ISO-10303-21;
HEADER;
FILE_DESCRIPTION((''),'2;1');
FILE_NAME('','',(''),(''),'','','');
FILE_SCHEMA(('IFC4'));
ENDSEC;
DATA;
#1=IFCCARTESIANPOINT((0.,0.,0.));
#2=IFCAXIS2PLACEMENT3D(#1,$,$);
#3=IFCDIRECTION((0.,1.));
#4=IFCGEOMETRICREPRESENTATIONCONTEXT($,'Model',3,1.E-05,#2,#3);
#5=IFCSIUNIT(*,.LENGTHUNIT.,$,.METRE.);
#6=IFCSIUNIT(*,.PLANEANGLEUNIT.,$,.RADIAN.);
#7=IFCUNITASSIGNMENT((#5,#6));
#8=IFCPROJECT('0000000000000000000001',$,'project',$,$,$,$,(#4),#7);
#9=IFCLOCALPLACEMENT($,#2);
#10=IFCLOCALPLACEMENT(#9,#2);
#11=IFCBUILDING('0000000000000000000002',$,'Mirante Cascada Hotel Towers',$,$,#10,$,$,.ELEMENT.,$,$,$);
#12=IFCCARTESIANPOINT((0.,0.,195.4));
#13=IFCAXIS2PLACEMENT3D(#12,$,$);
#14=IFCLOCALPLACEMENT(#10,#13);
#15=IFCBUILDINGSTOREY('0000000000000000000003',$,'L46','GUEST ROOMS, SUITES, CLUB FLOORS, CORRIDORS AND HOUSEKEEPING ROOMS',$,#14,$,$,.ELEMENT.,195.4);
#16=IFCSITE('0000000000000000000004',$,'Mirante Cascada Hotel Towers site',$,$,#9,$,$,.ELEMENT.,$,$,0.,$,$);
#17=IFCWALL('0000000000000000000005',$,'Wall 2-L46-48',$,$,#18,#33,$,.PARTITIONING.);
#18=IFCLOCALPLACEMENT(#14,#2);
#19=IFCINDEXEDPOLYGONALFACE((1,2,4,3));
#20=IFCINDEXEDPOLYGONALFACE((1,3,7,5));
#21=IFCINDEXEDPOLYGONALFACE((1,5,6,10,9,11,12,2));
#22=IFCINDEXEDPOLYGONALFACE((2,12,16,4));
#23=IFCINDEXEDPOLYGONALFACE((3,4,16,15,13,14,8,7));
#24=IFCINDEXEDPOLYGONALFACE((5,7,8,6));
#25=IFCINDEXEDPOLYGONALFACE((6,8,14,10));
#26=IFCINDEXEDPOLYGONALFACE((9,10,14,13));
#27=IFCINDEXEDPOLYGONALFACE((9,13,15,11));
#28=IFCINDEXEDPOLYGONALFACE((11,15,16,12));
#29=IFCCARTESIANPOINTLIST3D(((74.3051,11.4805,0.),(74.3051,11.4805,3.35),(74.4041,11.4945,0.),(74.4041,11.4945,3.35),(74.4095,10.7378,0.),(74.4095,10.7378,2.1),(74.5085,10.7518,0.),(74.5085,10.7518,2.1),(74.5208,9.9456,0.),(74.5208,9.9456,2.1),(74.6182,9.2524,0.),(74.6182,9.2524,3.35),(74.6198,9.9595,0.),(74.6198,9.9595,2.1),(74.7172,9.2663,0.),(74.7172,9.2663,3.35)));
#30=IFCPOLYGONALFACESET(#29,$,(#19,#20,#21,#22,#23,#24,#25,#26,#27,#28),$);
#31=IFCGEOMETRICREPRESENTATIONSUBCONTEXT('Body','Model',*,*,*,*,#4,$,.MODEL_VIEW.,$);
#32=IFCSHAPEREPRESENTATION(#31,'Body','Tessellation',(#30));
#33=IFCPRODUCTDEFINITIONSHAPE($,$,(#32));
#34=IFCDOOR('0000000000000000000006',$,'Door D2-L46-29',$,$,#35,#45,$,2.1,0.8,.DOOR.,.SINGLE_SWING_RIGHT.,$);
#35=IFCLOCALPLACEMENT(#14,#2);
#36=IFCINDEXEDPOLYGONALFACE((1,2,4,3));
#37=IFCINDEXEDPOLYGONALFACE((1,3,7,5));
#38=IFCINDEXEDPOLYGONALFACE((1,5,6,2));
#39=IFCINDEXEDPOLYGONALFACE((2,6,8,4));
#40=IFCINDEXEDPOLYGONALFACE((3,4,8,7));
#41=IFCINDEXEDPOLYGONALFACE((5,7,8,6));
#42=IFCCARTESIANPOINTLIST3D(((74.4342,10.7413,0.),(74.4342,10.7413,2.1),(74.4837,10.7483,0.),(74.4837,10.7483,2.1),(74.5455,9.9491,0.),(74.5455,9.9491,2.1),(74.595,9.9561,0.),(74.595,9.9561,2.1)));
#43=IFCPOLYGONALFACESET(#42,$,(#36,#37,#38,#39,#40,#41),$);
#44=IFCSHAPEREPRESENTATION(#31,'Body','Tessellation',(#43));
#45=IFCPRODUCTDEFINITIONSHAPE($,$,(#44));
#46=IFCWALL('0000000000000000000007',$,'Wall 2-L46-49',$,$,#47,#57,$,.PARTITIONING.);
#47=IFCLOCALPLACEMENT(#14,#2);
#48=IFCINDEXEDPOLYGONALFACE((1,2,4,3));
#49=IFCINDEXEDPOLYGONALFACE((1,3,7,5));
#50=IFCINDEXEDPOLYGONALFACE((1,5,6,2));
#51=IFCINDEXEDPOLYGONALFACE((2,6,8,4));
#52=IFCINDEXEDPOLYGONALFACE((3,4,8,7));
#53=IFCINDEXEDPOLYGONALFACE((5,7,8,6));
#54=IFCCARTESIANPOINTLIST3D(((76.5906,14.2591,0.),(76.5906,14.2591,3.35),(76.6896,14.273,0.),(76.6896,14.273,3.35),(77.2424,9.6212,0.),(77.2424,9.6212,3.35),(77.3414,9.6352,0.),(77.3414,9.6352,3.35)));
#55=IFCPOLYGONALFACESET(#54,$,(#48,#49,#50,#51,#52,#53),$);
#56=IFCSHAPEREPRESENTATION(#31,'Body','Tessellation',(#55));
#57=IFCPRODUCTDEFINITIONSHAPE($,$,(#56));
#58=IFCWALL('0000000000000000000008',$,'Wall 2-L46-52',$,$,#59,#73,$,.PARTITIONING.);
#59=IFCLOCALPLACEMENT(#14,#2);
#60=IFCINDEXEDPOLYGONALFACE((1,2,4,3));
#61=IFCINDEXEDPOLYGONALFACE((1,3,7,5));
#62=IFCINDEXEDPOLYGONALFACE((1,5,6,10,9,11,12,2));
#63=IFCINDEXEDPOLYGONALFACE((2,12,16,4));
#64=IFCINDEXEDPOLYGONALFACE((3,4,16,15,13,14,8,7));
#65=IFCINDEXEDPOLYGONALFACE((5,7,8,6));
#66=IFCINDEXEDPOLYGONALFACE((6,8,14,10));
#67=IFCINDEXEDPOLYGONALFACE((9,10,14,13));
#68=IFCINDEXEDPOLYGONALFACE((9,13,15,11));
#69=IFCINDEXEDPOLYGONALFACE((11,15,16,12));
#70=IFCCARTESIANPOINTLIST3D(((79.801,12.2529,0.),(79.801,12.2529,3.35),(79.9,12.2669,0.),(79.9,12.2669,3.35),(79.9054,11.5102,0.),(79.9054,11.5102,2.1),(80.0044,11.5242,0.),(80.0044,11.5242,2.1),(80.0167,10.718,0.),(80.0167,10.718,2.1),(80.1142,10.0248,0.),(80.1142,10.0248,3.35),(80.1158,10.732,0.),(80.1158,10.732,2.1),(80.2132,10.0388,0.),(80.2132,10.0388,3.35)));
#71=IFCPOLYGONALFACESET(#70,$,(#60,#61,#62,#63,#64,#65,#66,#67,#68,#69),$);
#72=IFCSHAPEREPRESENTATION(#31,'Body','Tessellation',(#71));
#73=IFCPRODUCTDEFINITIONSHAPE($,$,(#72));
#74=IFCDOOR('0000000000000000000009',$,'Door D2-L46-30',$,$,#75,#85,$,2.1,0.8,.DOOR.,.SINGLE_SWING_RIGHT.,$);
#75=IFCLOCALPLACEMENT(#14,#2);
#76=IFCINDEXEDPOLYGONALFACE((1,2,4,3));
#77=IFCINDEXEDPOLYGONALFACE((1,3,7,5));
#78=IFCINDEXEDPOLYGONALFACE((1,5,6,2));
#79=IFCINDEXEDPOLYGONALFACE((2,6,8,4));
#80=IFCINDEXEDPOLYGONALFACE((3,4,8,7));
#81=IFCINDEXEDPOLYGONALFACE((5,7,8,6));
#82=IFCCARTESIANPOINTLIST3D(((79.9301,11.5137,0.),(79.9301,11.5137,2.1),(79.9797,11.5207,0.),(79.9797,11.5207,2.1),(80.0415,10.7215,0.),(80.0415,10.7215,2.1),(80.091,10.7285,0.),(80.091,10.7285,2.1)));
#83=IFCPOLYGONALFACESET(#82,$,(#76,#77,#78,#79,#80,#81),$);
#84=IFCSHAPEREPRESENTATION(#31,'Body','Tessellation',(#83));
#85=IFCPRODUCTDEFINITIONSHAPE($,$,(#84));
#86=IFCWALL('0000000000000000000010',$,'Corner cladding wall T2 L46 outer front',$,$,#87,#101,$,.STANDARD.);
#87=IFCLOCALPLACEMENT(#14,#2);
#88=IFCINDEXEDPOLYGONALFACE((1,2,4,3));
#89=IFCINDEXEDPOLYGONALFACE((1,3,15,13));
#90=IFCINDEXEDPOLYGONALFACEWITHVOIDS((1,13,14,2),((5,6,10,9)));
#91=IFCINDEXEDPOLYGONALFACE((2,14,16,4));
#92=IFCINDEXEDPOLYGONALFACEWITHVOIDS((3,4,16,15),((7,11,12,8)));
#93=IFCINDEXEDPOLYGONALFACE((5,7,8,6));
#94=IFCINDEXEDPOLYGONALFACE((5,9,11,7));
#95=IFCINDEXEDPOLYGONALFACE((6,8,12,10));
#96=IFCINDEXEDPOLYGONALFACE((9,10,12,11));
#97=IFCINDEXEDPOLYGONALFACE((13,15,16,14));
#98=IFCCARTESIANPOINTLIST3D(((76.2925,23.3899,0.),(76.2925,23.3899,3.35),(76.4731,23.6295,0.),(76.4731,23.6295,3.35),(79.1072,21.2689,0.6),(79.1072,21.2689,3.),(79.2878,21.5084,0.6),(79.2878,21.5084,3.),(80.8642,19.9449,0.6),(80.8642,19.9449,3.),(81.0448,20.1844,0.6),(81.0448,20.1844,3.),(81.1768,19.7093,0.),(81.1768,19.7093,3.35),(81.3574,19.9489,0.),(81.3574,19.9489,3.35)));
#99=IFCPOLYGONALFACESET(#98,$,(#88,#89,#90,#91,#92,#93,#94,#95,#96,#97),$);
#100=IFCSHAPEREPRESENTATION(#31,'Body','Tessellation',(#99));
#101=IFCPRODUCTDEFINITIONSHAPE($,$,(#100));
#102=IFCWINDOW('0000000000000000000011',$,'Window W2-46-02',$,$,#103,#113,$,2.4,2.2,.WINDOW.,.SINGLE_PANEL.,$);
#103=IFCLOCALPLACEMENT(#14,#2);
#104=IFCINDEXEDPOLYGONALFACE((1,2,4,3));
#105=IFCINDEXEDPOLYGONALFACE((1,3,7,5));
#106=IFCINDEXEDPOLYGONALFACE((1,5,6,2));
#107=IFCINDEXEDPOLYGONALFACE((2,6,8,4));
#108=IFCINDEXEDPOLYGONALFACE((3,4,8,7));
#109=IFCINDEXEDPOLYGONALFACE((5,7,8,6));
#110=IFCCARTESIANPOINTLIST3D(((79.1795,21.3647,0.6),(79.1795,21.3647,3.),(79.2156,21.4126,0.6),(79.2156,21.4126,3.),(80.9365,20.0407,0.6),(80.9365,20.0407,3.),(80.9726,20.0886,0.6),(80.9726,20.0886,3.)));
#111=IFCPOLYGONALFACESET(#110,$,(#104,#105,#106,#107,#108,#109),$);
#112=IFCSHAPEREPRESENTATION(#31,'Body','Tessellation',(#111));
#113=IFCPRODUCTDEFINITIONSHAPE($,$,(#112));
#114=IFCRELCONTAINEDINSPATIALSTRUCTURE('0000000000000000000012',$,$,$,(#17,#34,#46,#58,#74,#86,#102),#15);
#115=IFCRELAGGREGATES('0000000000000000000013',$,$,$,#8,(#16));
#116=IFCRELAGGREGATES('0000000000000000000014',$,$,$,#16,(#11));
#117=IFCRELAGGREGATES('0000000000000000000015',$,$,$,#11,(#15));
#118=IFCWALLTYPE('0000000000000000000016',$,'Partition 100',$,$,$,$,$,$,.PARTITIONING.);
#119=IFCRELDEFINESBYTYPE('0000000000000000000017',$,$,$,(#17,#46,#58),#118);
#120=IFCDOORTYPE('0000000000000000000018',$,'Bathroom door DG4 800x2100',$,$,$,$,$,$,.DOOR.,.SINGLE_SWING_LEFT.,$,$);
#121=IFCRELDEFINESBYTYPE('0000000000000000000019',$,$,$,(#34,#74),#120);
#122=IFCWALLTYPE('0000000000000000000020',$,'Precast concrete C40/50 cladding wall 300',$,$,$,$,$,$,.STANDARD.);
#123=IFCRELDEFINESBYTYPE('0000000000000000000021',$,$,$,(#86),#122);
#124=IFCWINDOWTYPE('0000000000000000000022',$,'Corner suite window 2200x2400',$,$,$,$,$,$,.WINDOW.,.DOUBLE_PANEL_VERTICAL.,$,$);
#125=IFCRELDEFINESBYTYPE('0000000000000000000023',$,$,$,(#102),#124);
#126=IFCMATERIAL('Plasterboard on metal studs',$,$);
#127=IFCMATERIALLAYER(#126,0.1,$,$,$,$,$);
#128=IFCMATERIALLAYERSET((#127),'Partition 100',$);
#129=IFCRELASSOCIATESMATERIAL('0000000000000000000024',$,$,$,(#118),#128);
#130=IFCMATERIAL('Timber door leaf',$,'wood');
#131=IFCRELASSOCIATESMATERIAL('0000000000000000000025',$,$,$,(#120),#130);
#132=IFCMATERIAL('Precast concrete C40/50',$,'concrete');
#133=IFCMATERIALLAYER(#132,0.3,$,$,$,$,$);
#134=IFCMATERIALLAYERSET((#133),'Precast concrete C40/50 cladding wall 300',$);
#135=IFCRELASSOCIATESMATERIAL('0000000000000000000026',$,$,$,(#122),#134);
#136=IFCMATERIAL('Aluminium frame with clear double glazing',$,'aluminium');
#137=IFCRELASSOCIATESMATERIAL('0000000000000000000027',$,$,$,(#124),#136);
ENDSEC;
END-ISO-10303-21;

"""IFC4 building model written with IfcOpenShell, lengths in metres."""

from ifc_helpers import new_model, si_unit, direction, frame, frame_2d, origin, place, context, subcontext, project, spatial, rectangle, extrude, material, layer, layer_set, type_object, element, fill, save


model = new_model("IFC4")

# Units and contexts
model_context = context("Model", 3, precision=1e-05, world=origin(), true_north=direction((0.0, 1.0)))
body_context = subcontext(model_context, "Body", "Model", "MODEL_VIEW")
ifc_project = project(units=[si_unit("LENGTHUNIT", "METRE"), si_unit("PLANEANGLEUNIT", "RADIAN")], contexts=[model_context])

# Site, building, storey
site_placement = place(None, origin())
site = spatial("IfcSite", under=ifc_project, at=site_placement, Name="Mirante Cascada Hotel Towers site", CompositionType="ELEMENT", RefElevation=0.0)
building_placement = place(site_placement, origin())
building = spatial("IfcBuilding", under=site, at=building_placement, Name="Mirante Cascada Hotel Towers", CompositionType="ELEMENT")
storey_placement = place(building_placement, frame((0.0, 0.0, 195.4)))
storey = spatial("IfcBuildingStorey", under=building, at=storey_placement, Name="L46", Description="GUEST ROOMS, SUITES, CLUB FLOORS, CORRIDORS AND HOUSEKEEPING ROOMS", CompositionType="ELEMENT", Elevation=195.4)

# Shared definitions
ifc_material_1 = material(Name="Plasterboard on metal studs")
ifc_layer_1 = layer(ifc_material_1, 0.1)
ifc_layer_set_1 = layer_set([ifc_layer_1], Name="Partition 100")
wall_type_1 = type_object("IfcWallType", Name="Partition 100", PredefinedType="PARTITIONING", material=ifc_layer_set_1)

# Wall, opening, door
wall_1_placement = place(storey_placement, frame((74.3546, 11.4875, 0.0), z_axis=(0.0, 0.0, 1.0), x_axis=(0.139156, -0.990271, 0.0)))
wall_1 = element("IfcWall", 1, at=wall_1_placement, inside=storey, type_object=wall_type_1, Name="Wall 2-L46-48", PredefinedType="PARTITIONING", context=body_context, shape_type="SweptSolid", body=[
    extrude(rectangle(XDim=2.25, YDim=0.1, at=frame_2d((1.125, 0.0))), origin(), (0.0, 0.0, 1.0), 3.35),
])
opening_1_placement = place(wall_1_placement, frame((0.75, 0.0, 0.0)))
opening_1 = element("IfcOpeningElement", 2, at=opening_1_placement, cuts=wall_1, PredefinedType="OPENING", context=body_context, shape_type="SweptSolid", body=[
    extrude(rectangle(XDim=0.8, YDim=2.1, at=frame_2d((0.4, 1.05))), frame((0.0, 0.05, 0.0), z_axis=(0.0, -1.0, 0.0), x_axis=(1.0, 0.0, 0.0)), (0.0, 0.0, 1.0), 0.1),
])
ifc_material_2 = material(Name="Timber door leaf", Category="wood")
door_type_1 = type_object("IfcDoorType", Name="Bathroom door DG4 800x2100", OperationType="SINGLE_SWING_LEFT", PredefinedType="DOOR", material=ifc_material_2)
door_1_placement = place(opening_1_placement, frame((0.8, 0.0, 0.0), z_axis=(0.0, 0.0, 1.0), x_axis=(-1.0, 0.0, 0.0)))
door_1 = element("IfcDoor", 3, at=door_1_placement, inside=storey, type_object=door_type_1, Name="Door D2-L46-29", OperationType="SINGLE_SWING_RIGHT", OverallHeight=2.1, OverallWidth=0.8, PredefinedType="DOOR", context=body_context, shape_type="SweptSolid", body=[
    extrude(rectangle(XDim=0.8, YDim=2.1, at=frame_2d((0.4, 1.05))), frame((0.0, 0.025, 0.0), z_axis=(0.0, -1.0, 0.0), x_axis=(1.0, 0.0, 0.0)), (0.0, 0.0, 1.0), 0.05),
])
fill(opening_1, door_1)

# Wall
wall_2_placement = place(storey_placement, frame((77.2919, 9.6282, 0.0), z_axis=(0.0, 0.0, 1.0), x_axis=(-0.139173, 0.990268, 0.0)))
element("IfcWall", 4, at=wall_2_placement, inside=storey, type_object=wall_type_1, Name="Wall 2-L46-49", PredefinedType="PARTITIONING", context=body_context, shape_type="SweptSolid", body=[
    extrude(rectangle(XDim=4.6834, YDim=0.1, at=frame_2d((2.3417, 0.0))), origin(), (0.0, 0.0, 1.0), 3.35),
])

# Wall, opening, door
wall_3_placement = place(storey_placement, frame((79.8505, 12.2599, 0.0), z_axis=(0.0, 0.0, 1.0), x_axis=(0.1392, -0.990264, 0.0)))
wall_3 = element("IfcWall", 5, at=wall_3_placement, inside=storey, type_object=wall_type_1, Name="Wall 2-L46-52", PredefinedType="PARTITIONING", context=body_context, shape_type="SweptSolid", body=[
    extrude(rectangle(XDim=2.25, YDim=0.1, at=frame_2d((1.125, 0.0))), origin(), (0.0, 0.0, 1.0), 3.35),
])
opening_2_placement = place(wall_3_placement, frame((0.75, 0.0, 0.0)))
opening_2 = element("IfcOpeningElement", 6, at=opening_2_placement, cuts=wall_3, PredefinedType="OPENING", context=body_context, shape_type="SweptSolid", body=[
    extrude(rectangle(XDim=0.8, YDim=2.1, at=frame_2d((0.4, 1.05))), frame((0.0, 0.05, 0.0), z_axis=(0.0, -1.0, 0.0), x_axis=(1.0, 0.0, 0.0)), (0.0, 0.0, 1.0), 0.1),
])
door_2_placement = place(opening_2_placement, frame((0.8, 0.0, 0.0), z_axis=(0.0, 0.0, 1.0), x_axis=(-1.0, 0.0, 0.0)))
door_2 = element("IfcDoor", 7, at=door_2_placement, inside=storey, type_object=door_type_1, Name="Door D2-L46-30", OperationType="SINGLE_SWING_RIGHT", OverallHeight=2.1, OverallWidth=0.8, PredefinedType="DOOR", context=body_context, shape_type="SweptSolid", body=[
    extrude(rectangle(XDim=0.8, YDim=2.1, at=frame_2d((0.4, 1.05))), frame((0.0, 0.025, 0.0), z_axis=(0.0, -1.0, 0.0), x_axis=(1.0, 0.0, 0.0)), (0.0, 0.0, 1.0), 0.05),
])
fill(opening_2, door_2)

# Wall, opening, window
ifc_material_3 = material(Name="Precast concrete C40/50", Category="concrete")
ifc_layer_2 = layer(ifc_material_3, 0.3)
ifc_layer_set_2 = layer_set([ifc_layer_2], Name="Precast concrete C40/50 cladding wall 300")
wall_type_2 = type_object("IfcWallType", Name="Precast concrete C40/50 cladding wall 300", PredefinedType="STANDARD", material=ifc_layer_set_2)
wall_4_placement = place(storey_placement, frame((81.2671, 19.8291, 0.0), z_axis=(0.0, 0.0, 1.0), x_axis=(-0.798634, 0.601817, 0.0)))
wall_4 = element("IfcWall", 8, at=wall_4_placement, inside=storey, type_object=wall_type_2, Name="Corner cladding wall T2 L46 outer front", PredefinedType="STANDARD", context=body_context, shape_type="SweptSolid", body=[
    extrude(rectangle(XDim=6.1158, YDim=0.3, at=frame_2d((3.0579, 0.0))), origin(), (0.0, 0.0, 1.0), 3.35),
])
opening_3_placement = place(wall_4_placement, frame((0.3914, 0.0, 0.6)))
opening_3 = element("IfcOpeningElement", 9, at=opening_3_placement, cuts=wall_4, PredefinedType="OPENING", context=body_context, shape_type="SweptSolid", body=[
    extrude(rectangle(XDim=2.2, YDim=2.4, at=frame_2d((1.1, 1.2))), frame((0.0, 0.15, 0.0), z_axis=(0.0, -1.0, 0.0), x_axis=(1.0, 0.0, 0.0)), (0.0, 0.0, 1.0), 0.3),
])
ifc_material_4 = material(Name="Aluminium frame with clear double glazing", Category="aluminium")
window_type = type_object("IfcWindowType", Name="Corner suite window 2200x2400", PartitioningType="DOUBLE_PANEL_VERTICAL", PredefinedType="WINDOW", material=ifc_material_4)
window_placement = place(opening_3_placement, origin())
window = element("IfcWindow", 10, at=window_placement, inside=storey, type_object=window_type, Name="Window W2-46-02", OverallHeight=2.4, OverallWidth=2.2, PartitioningType="SINGLE_PANEL", PredefinedType="WINDOW", context=body_context, shape_type="SweptSolid", body=[
    extrude(rectangle(XDim=2.2, YDim=2.4, at=frame_2d((1.1, 1.2))), frame((0.0, 0.03, 0.0), z_axis=(0.0, -1.0, 0.0), x_axis=(1.0, 0.0, 0.0)), (0.0, 0.0, 1.0), 0.06),
])
fill(opening_3, window)

save(model, "model.ifc")
